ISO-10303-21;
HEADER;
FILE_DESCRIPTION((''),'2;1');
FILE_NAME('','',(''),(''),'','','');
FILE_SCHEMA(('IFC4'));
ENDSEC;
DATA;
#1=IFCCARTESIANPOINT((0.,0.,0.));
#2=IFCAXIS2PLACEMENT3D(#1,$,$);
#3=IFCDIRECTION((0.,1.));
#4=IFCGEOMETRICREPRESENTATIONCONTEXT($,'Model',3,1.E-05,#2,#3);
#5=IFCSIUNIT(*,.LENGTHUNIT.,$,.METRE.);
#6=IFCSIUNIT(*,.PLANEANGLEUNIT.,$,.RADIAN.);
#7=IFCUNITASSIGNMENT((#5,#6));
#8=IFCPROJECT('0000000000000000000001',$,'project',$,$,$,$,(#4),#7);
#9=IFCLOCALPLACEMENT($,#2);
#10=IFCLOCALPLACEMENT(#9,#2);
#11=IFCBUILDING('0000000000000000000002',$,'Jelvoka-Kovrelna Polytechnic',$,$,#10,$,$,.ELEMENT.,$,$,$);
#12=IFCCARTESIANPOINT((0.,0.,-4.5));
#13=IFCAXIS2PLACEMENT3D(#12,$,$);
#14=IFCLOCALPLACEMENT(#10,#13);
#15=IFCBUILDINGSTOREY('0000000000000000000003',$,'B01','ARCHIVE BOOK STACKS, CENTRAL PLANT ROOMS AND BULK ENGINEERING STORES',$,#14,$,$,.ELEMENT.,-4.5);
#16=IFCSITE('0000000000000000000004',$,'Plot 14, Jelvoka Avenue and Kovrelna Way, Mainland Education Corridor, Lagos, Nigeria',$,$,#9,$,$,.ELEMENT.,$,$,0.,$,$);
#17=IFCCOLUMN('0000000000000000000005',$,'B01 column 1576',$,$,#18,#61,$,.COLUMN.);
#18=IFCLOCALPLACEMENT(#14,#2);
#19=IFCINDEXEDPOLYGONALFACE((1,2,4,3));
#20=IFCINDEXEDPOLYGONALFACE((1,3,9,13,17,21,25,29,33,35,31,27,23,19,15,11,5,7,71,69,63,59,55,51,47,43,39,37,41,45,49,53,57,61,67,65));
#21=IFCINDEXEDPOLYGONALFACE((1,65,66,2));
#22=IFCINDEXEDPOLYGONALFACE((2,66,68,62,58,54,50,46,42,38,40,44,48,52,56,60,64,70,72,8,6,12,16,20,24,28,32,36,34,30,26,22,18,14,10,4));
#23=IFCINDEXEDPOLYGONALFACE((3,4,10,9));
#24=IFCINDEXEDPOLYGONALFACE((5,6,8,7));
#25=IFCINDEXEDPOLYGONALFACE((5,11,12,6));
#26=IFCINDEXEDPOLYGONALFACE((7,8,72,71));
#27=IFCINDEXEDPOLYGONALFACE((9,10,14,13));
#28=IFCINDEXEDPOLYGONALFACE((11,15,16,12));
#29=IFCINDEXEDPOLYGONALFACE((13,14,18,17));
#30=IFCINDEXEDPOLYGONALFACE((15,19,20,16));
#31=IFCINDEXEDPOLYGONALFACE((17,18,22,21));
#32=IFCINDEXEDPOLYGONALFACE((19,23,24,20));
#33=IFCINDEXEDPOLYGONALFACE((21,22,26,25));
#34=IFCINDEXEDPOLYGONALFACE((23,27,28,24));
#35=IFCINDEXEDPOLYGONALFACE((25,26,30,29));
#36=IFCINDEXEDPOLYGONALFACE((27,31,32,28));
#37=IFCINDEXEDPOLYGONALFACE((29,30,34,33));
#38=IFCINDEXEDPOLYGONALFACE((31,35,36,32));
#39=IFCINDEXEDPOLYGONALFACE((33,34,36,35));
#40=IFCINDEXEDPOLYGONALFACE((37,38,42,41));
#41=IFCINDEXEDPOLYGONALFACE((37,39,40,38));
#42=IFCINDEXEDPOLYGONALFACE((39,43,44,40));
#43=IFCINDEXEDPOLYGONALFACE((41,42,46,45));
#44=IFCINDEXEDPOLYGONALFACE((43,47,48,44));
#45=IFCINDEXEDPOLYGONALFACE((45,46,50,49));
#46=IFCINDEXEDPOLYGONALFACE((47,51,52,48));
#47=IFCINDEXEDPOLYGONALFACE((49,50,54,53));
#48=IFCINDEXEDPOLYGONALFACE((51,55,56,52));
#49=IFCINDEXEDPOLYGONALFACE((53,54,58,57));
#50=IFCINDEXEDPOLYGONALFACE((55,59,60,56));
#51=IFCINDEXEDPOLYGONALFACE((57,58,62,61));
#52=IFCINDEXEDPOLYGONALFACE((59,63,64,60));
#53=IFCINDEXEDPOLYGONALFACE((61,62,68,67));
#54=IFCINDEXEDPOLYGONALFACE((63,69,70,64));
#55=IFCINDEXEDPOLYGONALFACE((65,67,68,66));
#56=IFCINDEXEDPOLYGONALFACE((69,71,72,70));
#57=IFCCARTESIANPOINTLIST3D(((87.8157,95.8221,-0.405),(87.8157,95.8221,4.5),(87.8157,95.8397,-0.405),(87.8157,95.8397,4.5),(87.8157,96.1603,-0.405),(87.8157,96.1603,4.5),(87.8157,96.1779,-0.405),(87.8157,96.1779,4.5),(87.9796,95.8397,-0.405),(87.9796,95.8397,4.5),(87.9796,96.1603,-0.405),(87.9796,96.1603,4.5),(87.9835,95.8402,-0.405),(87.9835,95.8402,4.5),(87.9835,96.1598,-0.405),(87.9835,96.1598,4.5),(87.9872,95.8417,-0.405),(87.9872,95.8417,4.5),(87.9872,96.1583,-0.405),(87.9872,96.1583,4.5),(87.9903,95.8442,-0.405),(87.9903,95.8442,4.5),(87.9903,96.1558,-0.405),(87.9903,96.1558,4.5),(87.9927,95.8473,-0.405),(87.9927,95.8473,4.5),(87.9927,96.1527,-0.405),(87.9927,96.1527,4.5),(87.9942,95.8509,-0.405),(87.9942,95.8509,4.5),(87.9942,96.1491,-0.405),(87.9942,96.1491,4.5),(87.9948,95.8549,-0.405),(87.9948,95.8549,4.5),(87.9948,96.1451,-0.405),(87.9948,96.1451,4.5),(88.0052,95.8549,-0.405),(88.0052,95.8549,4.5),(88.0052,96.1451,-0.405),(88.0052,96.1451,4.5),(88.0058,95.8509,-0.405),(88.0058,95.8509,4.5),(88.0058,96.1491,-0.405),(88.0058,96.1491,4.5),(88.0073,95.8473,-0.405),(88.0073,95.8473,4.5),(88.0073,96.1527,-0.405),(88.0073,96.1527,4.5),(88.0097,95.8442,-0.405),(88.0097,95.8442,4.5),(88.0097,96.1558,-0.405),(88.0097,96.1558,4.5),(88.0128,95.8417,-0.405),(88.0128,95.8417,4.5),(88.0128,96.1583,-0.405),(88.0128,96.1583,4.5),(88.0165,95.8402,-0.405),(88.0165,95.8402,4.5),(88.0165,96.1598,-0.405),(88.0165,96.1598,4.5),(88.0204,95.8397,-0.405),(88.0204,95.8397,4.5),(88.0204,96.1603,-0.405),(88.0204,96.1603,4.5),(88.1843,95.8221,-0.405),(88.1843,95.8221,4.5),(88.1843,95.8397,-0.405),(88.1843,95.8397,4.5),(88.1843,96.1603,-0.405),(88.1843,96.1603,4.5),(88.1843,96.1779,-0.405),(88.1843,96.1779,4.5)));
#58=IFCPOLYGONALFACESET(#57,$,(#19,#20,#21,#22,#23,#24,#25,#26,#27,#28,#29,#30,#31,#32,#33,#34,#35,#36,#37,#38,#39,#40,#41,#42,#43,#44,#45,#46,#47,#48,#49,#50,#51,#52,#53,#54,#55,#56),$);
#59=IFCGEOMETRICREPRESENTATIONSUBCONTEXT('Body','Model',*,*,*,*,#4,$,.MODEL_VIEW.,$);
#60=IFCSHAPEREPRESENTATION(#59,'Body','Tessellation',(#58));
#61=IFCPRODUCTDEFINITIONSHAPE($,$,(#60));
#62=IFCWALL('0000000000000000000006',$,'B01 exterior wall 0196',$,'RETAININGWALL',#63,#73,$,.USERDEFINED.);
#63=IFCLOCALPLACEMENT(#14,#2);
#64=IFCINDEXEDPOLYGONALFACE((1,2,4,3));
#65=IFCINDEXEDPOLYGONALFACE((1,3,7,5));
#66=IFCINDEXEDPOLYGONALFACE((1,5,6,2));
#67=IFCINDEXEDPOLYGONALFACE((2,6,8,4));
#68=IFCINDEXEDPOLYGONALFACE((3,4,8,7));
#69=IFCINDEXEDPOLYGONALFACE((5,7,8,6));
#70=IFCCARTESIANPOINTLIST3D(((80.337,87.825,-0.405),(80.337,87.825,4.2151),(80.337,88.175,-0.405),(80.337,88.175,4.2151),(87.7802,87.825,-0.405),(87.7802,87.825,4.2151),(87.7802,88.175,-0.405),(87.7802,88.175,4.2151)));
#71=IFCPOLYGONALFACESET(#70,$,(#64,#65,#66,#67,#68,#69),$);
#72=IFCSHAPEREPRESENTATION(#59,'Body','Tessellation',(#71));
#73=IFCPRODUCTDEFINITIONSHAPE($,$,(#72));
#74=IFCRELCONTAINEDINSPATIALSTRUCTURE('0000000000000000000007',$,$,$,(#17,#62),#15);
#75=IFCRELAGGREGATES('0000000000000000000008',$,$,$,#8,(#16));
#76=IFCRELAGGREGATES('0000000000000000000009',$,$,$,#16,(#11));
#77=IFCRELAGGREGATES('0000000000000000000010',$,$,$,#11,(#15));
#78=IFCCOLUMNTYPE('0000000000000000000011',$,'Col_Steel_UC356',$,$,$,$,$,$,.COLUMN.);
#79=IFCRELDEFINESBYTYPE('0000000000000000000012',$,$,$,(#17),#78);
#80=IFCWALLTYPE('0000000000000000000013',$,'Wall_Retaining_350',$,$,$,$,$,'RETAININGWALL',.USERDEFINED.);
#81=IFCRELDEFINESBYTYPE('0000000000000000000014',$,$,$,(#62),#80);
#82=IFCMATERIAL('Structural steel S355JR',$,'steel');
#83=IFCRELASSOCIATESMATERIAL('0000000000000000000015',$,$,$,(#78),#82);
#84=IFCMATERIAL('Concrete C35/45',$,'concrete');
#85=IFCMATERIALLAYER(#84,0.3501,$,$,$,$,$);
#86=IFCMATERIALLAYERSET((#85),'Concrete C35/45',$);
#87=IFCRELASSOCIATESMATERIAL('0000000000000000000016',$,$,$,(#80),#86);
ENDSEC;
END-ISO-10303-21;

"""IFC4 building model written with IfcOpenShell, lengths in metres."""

from ifc_helpers import new_model, si_unit, direction, frame, frame_2d, origin, origin_2d, place, context, subcontext, project, spatial, rectangle, i_section, extrude, material, layer, layer_set, material_profile, profile_set, type_object, element, save


model = new_model("IFC4")

# Units and contexts
model_context = context("Model", 3, precision=1e-05, world=origin(), true_north=direction((0.0, 1.0)))
body_context = subcontext(model_context, "Body", "Model", "MODEL_VIEW")
ifc_project = project(units=[si_unit("LENGTHUNIT", "METRE"), si_unit("PLANEANGLEUNIT", "RADIAN")], contexts=[model_context])

# Site, building, storey
site_placement = place(None, origin())
site = spatial("IfcSite", under=ifc_project, at=site_placement, Name="Plot 14, Jelvoka Avenue and Kovrelna Way, Mainland Education Corridor, Lagos, Nigeria", CompositionType="ELEMENT", RefElevation=0.0)
building_placement = place(site_placement, origin())
building = spatial("IfcBuilding", under=site, at=building_placement, Name="Jelvoka-Kovrelna Polytechnic", CompositionType="ELEMENT")
storey_placement = place(building_placement, frame((0.0, 0.0, -4.5)))
storey = spatial("IfcBuildingStorey", under=building, at=storey_placement, Name="B01", Description="ARCHIVE BOOK STACKS, CENTRAL PLANT ROOMS AND BULK ENGINEERING STORES", CompositionType="ELEMENT", Elevation=-4.5)

# Column
ifc_material_1 = material(Name="Structural steel S355JR", Category="steel")
ifc_material_profile_1 = material_profile(ifc_material_1, i_section(OverallWidth=0.3687, OverallDepth=0.3557, WebThickness=0.0105, FlangeThickness=0.0176, FilletRadius=0.0151, at=origin_2d()), Name="356x368x129 UC")
ifc_profile_set_1 = profile_set([ifc_material_profile_1], Name="Structural steel S355JR")
column_type_1 = type_object("IfcColumnType", Name="Col_Steel_UC356", PredefinedType="COLUMN", material=ifc_profile_set_1)
for number, where, z_axis, x_axis, name in (
    (1, (88.0, 96.0, -0.405), (0.0, 0.0, 1.0), (1.0, 0.0, 0.0), "B01 column 1576"),
):
    element("IfcColumn", number, at=place(storey_placement, frame(where, z_axis=z_axis, x_axis=x_axis)), inside=storey, type_object=column_type_1, Name=name, PredefinedType="COLUMN", context=body_context, shape_type="SweptSolid", body=[
        extrude(i_section(OverallWidth=0.3687, OverallDepth=0.3557, WebThickness=0.0105, FlangeThickness=0.0176, FilletRadius=0.0151, at=origin_2d()), origin(), (0.0, 0.0, 1.0), 4.905),
    ])

# Wall
ifc_material_2 = material(Name="Concrete C35/45", Category="concrete")
ifc_layer = layer(ifc_material_2, 0.3501)
ifc_layer_set = layer_set([ifc_layer], Name="Concrete C35/45")
wall_type = type_object("IfcWallType", Name="Wall_Retaining_350", ElementType="RETAININGWALL", PredefinedType="USERDEFINED", material=ifc_layer_set)
wall_placement = place(storey_placement, frame((80.3369, 88.0, -0.405), z_axis=(0.0, 0.0, 1.0), x_axis=(1.0, 0.0, 0.0)))
element("IfcWall", 2, at=wall_placement, inside=storey, type_object=wall_type, Name="B01 exterior wall 0196", ObjectType="RETAININGWALL", PredefinedType="USERDEFINED", context=body_context, shape_type="SweptSolid", body=[
    extrude(rectangle(XDim=7.4431, YDim=0.3501, at=frame_2d((3.7217, 0.0))), origin(), (0.0, 0.0, 1.0), 4.6201),
])

save(model, "model.ifc")
